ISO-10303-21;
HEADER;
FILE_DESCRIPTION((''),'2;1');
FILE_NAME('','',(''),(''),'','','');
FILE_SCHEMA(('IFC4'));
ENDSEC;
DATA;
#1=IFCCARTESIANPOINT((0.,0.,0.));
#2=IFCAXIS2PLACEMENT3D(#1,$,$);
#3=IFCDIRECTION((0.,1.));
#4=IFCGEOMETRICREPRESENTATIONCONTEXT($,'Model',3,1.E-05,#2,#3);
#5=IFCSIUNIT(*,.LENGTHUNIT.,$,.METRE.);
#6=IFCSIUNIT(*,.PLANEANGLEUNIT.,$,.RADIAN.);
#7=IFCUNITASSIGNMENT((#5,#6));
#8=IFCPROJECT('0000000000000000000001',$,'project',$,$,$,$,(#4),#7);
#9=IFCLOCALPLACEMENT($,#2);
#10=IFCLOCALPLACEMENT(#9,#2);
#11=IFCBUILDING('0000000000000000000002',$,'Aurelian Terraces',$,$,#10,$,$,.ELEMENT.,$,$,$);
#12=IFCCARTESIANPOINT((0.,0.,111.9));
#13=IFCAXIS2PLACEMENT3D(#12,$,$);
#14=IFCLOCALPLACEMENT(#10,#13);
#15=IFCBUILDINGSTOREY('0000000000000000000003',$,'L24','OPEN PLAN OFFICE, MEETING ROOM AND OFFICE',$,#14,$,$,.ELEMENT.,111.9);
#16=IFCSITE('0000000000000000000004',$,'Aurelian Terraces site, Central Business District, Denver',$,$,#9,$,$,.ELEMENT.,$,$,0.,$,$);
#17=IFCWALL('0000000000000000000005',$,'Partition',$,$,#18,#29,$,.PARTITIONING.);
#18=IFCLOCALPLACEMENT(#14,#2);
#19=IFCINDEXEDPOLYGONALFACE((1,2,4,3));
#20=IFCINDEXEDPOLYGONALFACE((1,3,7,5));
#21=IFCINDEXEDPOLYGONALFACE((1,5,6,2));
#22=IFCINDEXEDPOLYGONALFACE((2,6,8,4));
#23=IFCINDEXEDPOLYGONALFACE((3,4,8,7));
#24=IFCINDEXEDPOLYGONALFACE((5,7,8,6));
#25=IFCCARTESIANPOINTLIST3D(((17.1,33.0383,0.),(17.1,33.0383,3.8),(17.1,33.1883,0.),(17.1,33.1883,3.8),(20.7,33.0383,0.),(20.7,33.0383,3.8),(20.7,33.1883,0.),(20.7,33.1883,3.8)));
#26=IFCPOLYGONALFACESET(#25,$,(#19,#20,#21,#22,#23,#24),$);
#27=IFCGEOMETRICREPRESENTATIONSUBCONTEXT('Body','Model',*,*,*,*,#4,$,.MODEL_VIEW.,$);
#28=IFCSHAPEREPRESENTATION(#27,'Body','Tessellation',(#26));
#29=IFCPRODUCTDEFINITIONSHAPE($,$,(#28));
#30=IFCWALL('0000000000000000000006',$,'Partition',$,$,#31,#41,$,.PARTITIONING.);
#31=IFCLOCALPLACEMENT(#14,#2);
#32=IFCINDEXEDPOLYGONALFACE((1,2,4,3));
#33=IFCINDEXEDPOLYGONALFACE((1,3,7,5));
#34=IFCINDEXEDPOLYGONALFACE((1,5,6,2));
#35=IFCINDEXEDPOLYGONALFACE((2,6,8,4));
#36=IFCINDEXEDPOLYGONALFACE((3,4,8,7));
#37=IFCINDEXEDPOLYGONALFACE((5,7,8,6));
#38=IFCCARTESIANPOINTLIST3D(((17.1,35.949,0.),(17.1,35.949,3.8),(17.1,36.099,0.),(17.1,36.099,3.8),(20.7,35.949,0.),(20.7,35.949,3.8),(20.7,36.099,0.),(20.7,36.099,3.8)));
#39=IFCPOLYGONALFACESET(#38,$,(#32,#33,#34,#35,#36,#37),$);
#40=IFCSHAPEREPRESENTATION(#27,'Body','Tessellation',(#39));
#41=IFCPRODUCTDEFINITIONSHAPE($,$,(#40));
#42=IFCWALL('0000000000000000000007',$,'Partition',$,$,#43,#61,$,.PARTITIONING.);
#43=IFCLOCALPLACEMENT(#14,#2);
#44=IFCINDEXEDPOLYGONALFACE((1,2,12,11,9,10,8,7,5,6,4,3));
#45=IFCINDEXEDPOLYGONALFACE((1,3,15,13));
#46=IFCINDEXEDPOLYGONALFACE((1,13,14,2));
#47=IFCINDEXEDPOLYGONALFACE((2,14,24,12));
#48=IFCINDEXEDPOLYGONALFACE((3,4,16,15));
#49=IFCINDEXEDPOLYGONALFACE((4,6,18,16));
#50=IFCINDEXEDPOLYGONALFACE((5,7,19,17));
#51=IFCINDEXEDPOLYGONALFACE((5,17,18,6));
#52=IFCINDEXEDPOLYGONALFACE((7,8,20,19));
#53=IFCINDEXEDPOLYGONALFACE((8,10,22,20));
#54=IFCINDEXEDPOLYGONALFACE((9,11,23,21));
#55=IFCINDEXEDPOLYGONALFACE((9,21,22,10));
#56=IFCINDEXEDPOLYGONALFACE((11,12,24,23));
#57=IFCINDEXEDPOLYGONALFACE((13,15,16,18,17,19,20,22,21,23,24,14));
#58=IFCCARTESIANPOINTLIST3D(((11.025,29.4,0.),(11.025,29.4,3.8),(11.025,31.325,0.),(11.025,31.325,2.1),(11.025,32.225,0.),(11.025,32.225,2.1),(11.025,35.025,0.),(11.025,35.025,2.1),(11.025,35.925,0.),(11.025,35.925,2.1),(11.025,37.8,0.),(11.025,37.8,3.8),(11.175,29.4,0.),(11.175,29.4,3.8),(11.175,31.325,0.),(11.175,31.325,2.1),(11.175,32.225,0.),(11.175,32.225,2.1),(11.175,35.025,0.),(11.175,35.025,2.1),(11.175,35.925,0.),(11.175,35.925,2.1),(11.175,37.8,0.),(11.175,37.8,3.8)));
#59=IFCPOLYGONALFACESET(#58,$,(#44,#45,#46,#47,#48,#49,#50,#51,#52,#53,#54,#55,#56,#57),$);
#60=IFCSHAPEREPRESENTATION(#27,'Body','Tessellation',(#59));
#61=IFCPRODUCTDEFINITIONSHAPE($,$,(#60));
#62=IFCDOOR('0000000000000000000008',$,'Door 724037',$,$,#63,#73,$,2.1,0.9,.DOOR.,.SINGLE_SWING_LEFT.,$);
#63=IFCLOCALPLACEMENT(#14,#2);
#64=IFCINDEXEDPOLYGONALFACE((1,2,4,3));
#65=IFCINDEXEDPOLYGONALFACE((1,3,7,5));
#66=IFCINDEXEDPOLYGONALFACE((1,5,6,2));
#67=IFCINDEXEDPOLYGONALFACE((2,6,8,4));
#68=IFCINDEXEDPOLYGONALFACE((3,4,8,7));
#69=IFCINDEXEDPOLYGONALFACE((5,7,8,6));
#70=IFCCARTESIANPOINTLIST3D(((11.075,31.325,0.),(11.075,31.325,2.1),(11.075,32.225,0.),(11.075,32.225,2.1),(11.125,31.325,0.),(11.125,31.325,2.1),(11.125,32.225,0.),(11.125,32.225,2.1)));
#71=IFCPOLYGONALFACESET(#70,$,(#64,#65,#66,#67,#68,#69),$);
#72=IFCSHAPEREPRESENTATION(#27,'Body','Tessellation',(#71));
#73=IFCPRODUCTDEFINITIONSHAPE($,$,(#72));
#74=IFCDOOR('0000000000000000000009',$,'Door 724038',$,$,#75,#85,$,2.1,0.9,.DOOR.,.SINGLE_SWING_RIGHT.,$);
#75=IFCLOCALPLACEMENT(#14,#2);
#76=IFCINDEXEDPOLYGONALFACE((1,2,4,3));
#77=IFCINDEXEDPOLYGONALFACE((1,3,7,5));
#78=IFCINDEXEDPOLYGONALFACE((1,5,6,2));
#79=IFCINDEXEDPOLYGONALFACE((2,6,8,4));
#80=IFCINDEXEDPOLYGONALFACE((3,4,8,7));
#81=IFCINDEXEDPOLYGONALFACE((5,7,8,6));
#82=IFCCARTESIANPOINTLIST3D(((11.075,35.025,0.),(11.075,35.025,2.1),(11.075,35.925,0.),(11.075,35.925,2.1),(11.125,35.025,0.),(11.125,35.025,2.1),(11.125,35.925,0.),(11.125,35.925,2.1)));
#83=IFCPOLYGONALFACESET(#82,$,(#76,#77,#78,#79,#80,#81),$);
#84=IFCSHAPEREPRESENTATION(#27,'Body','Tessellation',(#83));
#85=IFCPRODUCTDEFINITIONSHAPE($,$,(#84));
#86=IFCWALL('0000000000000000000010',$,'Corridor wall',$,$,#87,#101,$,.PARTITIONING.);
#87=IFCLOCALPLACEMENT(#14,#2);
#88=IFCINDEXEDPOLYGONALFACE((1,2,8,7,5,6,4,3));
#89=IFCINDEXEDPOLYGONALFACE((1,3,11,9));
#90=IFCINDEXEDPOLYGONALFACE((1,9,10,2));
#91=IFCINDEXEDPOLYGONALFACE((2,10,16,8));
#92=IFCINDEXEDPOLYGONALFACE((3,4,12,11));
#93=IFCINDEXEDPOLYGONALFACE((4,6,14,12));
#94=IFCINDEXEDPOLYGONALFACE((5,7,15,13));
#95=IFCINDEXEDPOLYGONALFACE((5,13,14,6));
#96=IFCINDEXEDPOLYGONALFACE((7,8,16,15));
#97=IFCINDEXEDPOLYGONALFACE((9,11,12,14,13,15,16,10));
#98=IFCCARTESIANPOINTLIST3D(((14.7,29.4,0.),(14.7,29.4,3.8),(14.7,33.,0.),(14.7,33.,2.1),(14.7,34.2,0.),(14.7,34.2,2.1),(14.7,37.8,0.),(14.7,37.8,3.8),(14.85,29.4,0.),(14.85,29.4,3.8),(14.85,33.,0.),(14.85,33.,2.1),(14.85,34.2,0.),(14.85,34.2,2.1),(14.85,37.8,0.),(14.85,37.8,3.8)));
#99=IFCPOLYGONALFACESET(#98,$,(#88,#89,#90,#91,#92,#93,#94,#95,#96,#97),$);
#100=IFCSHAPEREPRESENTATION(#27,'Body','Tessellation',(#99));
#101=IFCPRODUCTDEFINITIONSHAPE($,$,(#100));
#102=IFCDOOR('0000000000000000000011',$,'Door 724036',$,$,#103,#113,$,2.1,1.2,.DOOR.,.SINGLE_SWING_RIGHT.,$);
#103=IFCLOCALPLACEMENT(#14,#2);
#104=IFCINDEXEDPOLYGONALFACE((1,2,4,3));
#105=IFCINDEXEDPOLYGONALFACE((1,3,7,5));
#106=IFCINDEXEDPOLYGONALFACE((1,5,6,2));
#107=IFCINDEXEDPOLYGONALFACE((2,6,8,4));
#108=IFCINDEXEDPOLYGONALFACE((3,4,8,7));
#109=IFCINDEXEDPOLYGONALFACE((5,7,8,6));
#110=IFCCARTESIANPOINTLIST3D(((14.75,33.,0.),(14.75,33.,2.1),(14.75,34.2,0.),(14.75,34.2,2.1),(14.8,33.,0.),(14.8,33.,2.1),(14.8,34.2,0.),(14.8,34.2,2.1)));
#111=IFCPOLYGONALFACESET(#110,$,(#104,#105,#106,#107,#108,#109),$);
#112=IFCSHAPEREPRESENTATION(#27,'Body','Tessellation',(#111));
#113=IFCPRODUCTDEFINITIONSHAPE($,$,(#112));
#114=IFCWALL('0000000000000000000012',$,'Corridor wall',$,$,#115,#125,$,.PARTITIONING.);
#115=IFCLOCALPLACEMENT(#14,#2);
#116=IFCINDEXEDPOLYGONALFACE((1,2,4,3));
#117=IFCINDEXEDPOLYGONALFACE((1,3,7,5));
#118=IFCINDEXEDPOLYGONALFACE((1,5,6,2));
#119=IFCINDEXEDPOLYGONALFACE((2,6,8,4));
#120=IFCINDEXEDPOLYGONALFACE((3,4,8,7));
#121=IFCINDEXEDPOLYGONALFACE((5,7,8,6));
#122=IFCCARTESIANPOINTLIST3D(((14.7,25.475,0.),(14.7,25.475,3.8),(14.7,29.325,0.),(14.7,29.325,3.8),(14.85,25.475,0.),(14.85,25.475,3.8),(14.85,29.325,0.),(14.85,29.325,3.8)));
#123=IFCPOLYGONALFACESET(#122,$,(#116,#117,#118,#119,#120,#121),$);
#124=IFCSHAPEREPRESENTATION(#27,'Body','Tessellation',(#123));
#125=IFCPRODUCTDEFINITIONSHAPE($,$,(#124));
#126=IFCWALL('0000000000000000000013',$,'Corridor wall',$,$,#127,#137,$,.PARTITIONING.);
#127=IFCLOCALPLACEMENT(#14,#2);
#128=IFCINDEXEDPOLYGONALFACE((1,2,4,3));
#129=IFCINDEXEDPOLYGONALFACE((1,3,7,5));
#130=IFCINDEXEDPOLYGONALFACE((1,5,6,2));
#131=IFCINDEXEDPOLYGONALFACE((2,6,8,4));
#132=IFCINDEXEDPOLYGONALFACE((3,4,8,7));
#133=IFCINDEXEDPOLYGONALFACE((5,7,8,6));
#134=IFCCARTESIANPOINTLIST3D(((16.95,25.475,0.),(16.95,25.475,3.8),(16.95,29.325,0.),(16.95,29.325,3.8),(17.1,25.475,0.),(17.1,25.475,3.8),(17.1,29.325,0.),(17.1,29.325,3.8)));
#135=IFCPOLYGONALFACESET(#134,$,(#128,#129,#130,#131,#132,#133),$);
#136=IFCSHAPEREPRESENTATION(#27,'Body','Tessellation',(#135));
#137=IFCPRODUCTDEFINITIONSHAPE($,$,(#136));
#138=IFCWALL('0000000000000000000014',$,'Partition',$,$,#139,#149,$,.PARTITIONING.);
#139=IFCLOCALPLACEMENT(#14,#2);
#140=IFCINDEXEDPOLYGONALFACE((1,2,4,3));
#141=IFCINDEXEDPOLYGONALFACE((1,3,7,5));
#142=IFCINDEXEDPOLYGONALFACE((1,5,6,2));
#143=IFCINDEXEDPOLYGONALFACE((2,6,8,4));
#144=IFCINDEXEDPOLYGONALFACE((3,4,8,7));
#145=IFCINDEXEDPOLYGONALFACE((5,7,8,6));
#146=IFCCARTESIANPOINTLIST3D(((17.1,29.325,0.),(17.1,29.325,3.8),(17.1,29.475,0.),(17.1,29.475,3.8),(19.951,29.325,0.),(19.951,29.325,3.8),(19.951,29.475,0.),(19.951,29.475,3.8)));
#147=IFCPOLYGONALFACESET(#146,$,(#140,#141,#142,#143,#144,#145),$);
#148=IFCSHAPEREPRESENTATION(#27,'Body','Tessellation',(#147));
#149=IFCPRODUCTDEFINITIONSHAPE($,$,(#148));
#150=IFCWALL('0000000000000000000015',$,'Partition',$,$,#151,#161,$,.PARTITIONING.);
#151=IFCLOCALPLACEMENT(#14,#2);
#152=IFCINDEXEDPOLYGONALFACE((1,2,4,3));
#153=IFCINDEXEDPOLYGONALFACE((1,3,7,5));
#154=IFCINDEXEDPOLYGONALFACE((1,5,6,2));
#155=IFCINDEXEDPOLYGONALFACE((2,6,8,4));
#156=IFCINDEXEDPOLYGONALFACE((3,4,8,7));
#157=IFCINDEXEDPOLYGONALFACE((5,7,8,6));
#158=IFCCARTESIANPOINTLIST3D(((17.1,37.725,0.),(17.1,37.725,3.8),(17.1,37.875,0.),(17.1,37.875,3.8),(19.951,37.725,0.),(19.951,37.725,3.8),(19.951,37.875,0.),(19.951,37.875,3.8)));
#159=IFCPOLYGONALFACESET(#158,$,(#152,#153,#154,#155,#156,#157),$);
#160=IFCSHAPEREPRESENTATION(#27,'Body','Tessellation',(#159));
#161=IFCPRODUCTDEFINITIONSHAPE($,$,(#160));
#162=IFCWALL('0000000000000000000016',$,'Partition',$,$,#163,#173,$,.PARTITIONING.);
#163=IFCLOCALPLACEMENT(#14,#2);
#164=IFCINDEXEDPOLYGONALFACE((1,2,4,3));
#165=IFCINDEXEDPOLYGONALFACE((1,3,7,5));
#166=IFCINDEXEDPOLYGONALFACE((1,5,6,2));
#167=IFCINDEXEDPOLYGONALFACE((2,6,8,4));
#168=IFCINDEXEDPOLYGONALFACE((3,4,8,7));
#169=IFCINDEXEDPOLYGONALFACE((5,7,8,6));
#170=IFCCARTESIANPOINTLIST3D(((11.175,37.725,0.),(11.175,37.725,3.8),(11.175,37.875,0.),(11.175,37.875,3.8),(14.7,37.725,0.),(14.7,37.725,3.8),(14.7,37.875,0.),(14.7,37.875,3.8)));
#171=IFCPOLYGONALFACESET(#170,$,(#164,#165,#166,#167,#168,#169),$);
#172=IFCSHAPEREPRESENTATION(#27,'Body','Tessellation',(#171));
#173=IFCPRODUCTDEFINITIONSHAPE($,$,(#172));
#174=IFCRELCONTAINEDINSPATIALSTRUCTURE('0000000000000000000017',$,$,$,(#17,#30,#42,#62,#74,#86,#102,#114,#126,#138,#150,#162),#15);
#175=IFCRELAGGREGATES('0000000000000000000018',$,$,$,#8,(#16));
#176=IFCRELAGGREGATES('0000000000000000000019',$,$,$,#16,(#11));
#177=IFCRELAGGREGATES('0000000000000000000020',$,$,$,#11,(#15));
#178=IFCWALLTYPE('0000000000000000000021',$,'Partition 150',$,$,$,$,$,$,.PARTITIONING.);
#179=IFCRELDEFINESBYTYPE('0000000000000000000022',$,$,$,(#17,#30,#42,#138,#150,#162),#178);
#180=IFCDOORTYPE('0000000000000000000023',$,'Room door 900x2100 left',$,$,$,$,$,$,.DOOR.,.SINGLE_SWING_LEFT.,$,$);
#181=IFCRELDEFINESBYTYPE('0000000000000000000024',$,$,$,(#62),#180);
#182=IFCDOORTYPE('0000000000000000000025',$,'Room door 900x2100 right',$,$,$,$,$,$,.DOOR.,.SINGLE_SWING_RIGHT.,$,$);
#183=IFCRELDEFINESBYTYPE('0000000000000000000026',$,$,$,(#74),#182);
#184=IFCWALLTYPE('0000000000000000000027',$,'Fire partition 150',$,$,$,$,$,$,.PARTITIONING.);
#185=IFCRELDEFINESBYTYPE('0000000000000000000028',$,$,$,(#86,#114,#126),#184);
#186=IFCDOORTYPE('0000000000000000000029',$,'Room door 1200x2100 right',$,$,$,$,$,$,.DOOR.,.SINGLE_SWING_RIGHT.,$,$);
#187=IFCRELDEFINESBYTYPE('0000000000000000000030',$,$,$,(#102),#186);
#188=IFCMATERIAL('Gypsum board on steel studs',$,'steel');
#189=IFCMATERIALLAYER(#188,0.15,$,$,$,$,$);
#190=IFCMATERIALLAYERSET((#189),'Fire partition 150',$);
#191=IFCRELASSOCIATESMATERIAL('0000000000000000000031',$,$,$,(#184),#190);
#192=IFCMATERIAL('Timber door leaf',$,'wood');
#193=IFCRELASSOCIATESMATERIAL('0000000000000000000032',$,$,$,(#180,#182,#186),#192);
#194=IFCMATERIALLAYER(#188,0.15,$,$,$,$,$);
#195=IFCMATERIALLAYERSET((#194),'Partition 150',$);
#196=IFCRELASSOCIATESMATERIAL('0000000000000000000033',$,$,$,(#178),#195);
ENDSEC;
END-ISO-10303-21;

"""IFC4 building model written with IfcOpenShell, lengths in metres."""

from ifc_helpers import new_model, si_unit, direction, frame, frame_2d, origin, place, context, subcontext, project, spatial, rectangle, extrude, source, transform, mapped, material, layer, layer_set, type_object, element, fill, save


model = new_model("IFC4")

# Units and contexts
model_context = context("Model", 3, precision=1e-05, world=origin(), true_north=direction((0.0, 1.0)))
body_context = subcontext(model_context, "Body", "Model", "MODEL_VIEW")
ifc_project = project(units=[si_unit("LENGTHUNIT", "METRE"), si_unit("PLANEANGLEUNIT", "RADIAN")], contexts=[model_context])

# Site, building, storey
site_placement = place(None, origin())
site = spatial("IfcSite", under=ifc_project, at=site_placement, Name="Aurelian Terraces site, Central Business District, Denver", CompositionType="ELEMENT", RefElevation=0.0)
building_placement = place(site_placement, origin())
building = spatial("IfcBuilding", under=site, at=building_placement, Name="Aurelian Terraces", CompositionType="ELEMENT")
storey_placement = place(building_placement, frame((0.0, 0.0, 111.9)))
storey = spatial("IfcBuildingStorey", under=building, at=storey_placement, Name="L24", Description="OPEN PLAN OFFICE, MEETING ROOM AND OFFICE", CompositionType="ELEMENT", Elevation=111.9)

# Shared definitions
ifc_material_1 = material(Name="Timber door leaf", Category="wood")

# Shared definitions
ifc_material_2 = material(Name="Gypsum board on steel studs", Category="steel")
ifc_layer_1 = layer(ifc_material_2, 0.15)
ifc_layer_set_1 = layer_set([ifc_layer_1], Name="Fire partition 150")
wall_type_1 = type_object("IfcWallType", Name="Fire partition 150", PredefinedType="PARTITIONING", material=ifc_layer_set_1)
shared_shape_1 = source(origin(), body_context, "Body", "SweptSolid", [
    extrude(rectangle(XDim=0.9, YDim=2.1, at=frame_2d((0.45, 1.05))), frame((0.0, 0.085, 0.0), z_axis=(0.0, -1.0, 0.0), x_axis=(1.0, 0.0, 0.0)), (0.0, 0.0, 1.0), 0.17),
])
door_type_1 = type_object("IfcDoorType", Name="Room door 900x2100 left", OperationType="SINGLE_SWING_LEFT", PredefinedType="DOOR", material=ifc_material_1)
shared_shape_2 = source(origin(), body_context, "Body", "SweptSolid", [
    extrude(rectangle(XDim=0.9, YDim=2.1, at=frame_2d((0.45, 1.05))), frame((0.0, 0.025, 0.0), z_axis=(0.0, -1.0, 0.0), x_axis=(1.0, 0.0, 0.0)), (0.0, 0.0, 1.0), 0.05),
])
ifc_layer_2 = layer(ifc_material_2, 0.15)
ifc_layer_set_2 = layer_set([ifc_layer_2], Name="Partition 150")
wall_type_2 = type_object("IfcWallType", Name="Partition 150", PredefinedType="PARTITIONING", material=ifc_layer_set_2)
shared_shape_3 = source(origin(), body_context, "Body", "SweptSolid", [
    extrude(rectangle(XDim=3.6, YDim=0.15, at=frame_2d((1.8, 0.0))), origin(), (0.0, 0.0, 1.0), 3.8),
])
door_type_2 = type_object("IfcDoorType", Name="Room door 900x2100 right", OperationType="SINGLE_SWING_RIGHT", PredefinedType="DOOR", material=ifc_material_1)

# Walls
for number, where, z_axis, x_axis, name in (
    (1, (17.1, 33.1133, 0.0), (0.0, 0.0, 1.0), (1.0, 0.0, 0.0), "Partition"),
    (2, (17.1, 36.024, 0.0), (0.0, 0.0, 1.0), (1.0, 0.0, 0.0), "Partition"),
):
    element("IfcWall", number, at=place(storey_placement, frame(where, z_axis=z_axis, x_axis=x_axis)), inside=storey, type_object=wall_type_2, Name=name, PredefinedType="PARTITIONING", context=body_context, shape_type="MappedRepresentation", body=[
        mapped(shared_shape_3, transform((0.0, 0.0, 0.0), scale=1.0)),
    ])

# Wall, openings, doors
shared_shape_4 = source(origin(), body_context, "Body", "SweptSolid", [
    extrude(rectangle(XDim=8.4, YDim=0.15, at=frame_2d((4.2, 0.0))), origin(), (0.0, 0.0, 1.0), 3.8),
])
wall_1_placement = place(storey_placement, frame((11.1, 29.4, 0.0), z_axis=(0.0, 0.0, 1.0), x_axis=(0.0, 1.0, 0.0)))
wall_1 = element("IfcWall", 3, at=wall_1_placement, inside=storey, type_object=wall_type_2, Name="Partition", PredefinedType="PARTITIONING", context=body_context, shape_type="MappedRepresentation", body=[
    mapped(shared_shape_4, transform((0.0, 0.0, 0.0), scale=1.0)),
])
opening_1_placement = place(wall_1_placement, frame((1.925, 0.0, 0.0)))
opening_1 = element("IfcOpeningElement", 4, at=opening_1_placement, cuts=wall_1, PredefinedType="OPENING", context=body_context, shape_type="MappedRepresentation", body=[
    mapped(shared_shape_1, transform((0.0, 0.0, 0.0), scale=1.0)),
])
opening_2_placement = place(wall_1_placement, frame((5.625, 0.0, 0.0)))
opening_2 = element("IfcOpeningElement", 5, at=opening_2_placement, cuts=wall_1, PredefinedType="OPENING", context=body_context, shape_type="MappedRepresentation", body=[
    mapped(shared_shape_1, transform((0.0, 0.0, 0.0), scale=1.0)),
])
door_1_placement = place(opening_1_placement, origin())
door_1 = element("IfcDoor", 6, at=door_1_placement, inside=storey, type_object=door_type_1, Name="Door 724037", OperationType="SINGLE_SWING_LEFT", OverallHeight=2.1, OverallWidth=0.9, PredefinedType="DOOR", context=body_context, shape_type="MappedRepresentation", body=[
    mapped(shared_shape_2, transform((0.0, 0.0, 0.0), scale=1.0)),
])
fill(opening_1, door_1)
door_2_placement = place(opening_2_placement, origin())
door_2 = element("IfcDoor", 7, at=door_2_placement, inside=storey, type_object=door_type_2, Name="Door 724038", OperationType="SINGLE_SWING_RIGHT", OverallHeight=2.1, OverallWidth=0.9, PredefinedType="DOOR", context=body_context, shape_type="MappedRepresentation", body=[
    mapped(shared_shape_2, transform((0.0, 0.0, 0.0), scale=1.0)),
])
fill(opening_2, door_2)

# Wall, opening, door
wall_2_placement = place(storey_placement, frame((14.775, 29.4, 0.0), z_axis=(0.0, 0.0, 1.0), x_axis=(0.0, 1.0, 0.0)))
wall_2 = element("IfcWall", 8, at=wall_2_placement, inside=storey, type_object=wall_type_1, Name="Corridor wall", PredefinedType="PARTITIONING", context=body_context, shape_type="MappedRepresentation", body=[
    mapped(shared_shape_4, transform((0.0, 0.0, 0.0), scale=1.0)),
])
shared_shape_5 = source(origin(), body_context, "Body", "SweptSolid", [
    extrude(rectangle(XDim=1.2, YDim=2.1, at=frame_2d((0.6, 1.05))), frame((0.0, 0.085, 0.0), z_axis=(0.0, -1.0, 0.0), x_axis=(1.0, 0.0, 0.0)), (0.0, 0.0, 1.0), 0.17),
])
opening_3_placement = place(wall_2_placement, frame((3.6, 0.0, 0.0)))
opening_3 = element("IfcOpeningElement", 9, at=opening_3_placement, cuts=wall_2, PredefinedType="OPENING", context=body_context, shape_type="MappedRepresentation", body=[
    mapped(shared_shape_5, transform((0.0, 0.0, 0.0), scale=1.0)),
])
door_type_3 = type_object("IfcDoorType", Name="Room door 1200x2100 right", OperationType="SINGLE_SWING_RIGHT", PredefinedType="DOOR", material=ifc_material_1)
shared_shape_6 = source(origin(), body_context, "Body", "SweptSolid", [
    extrude(rectangle(XDim=1.2, YDim=2.1, at=frame_2d((0.6, 1.05))), frame((0.0, 0.025, 0.0), z_axis=(0.0, -1.0, 0.0), x_axis=(1.0, 0.0, 0.0)), (0.0, 0.0, 1.0), 0.05),
])
door_3_placement = place(opening_3_placement, origin())
door_3 = element("IfcDoor", 10, at=door_3_placement, inside=storey, type_object=door_type_3, Name="Door 724036", OperationType="SINGLE_SWING_RIGHT", OverallHeight=2.1, OverallWidth=1.2, PredefinedType="DOOR", context=body_context, shape_type="MappedRepresentation", body=[
    mapped(shared_shape_6, transform((0.0, 0.0, 0.0), scale=1.0)),
])
fill(opening_3, door_3)

# Walls
shared_shape_7 = source(origin(), body_context, "Body", "SweptSolid", [
    extrude(rectangle(XDim=3.85, YDim=0.15, at=frame_2d((1.925, 0.0))), origin(), (0.0, 0.0, 1.0), 3.8),
])
for number, where, z_axis, x_axis, name in (
    (11, (14.775, 25.475, 0.0), (0.0, 0.0, 1.0), (0.0, 1.0, 0.0), "Corridor wall"),
    (12, (17.025, 29.325, 0.0), (0.0, 0.0, 1.0), (0.0, -1.0, 0.0), "Corridor wall"),
):
    element("IfcWall", number, at=place(storey_placement, frame(where, z_axis=z_axis, x_axis=x_axis)), inside=storey, type_object=wall_type_1, Name=name, PredefinedType="PARTITIONING", context=body_context, shape_type="MappedRepresentation", body=[
        mapped(shared_shape_7, transform((0.0, 0.0, 0.0), scale=1.0)),
    ])
shared_shape_8 = source(origin(), body_context, "Body", "SweptSolid", [
    extrude(rectangle(XDim=2.851, YDim=0.15, at=frame_2d((1.4255, 0.0))), origin(), (0.0, 0.0, 1.0), 3.8),
])
for number, where, z_axis, x_axis, name in (
    (13, (19.951, 29.4, 0.0), (0.0, 0.0, 1.0), (-1.0, 0.0, 0.0), "Partition"),
    (14, (19.951, 37.8, 0.0), (0.0, 0.0, 1.0), (-1.0, 0.0, 0.0), "Partition"),
):
    element("IfcWall", number, at=place(storey_placement, frame(where, z_axis=z_axis, x_axis=x_axis)), inside=storey, type_object=wall_type_2, Name=name, PredefinedType="PARTITIONING", context=body_context, shape_type="MappedRepresentation", body=[
        mapped(shared_shape_8, transform((0.0, 0.0, 0.0), scale=1.0)),
    ])
shared_shape_9 = source(origin(), body_context, "Body", "SweptSolid", [
    extrude(rectangle(XDim=3.525, YDim=0.15, at=frame_2d((1.7625, 0.0))), origin(), (0.0, 0.0, 1.0), 3.8),
])
wall_3_placement = place(storey_placement, frame((14.7, 37.8, 0.0), z_axis=(0.0, 0.0, 1.0), x_axis=(-1.0, 0.0, 0.0)))
element("IfcWall", 15, at=wall_3_placement, inside=storey, type_object=wall_type_2, Name="Partition", PredefinedType="PARTITIONING", context=body_context, shape_type="MappedRepresentation", body=[
    mapped(shared_shape_9, transform((0.0, 0.0, 0.0), scale=1.0)),
])

save(model, "model.ifc")
